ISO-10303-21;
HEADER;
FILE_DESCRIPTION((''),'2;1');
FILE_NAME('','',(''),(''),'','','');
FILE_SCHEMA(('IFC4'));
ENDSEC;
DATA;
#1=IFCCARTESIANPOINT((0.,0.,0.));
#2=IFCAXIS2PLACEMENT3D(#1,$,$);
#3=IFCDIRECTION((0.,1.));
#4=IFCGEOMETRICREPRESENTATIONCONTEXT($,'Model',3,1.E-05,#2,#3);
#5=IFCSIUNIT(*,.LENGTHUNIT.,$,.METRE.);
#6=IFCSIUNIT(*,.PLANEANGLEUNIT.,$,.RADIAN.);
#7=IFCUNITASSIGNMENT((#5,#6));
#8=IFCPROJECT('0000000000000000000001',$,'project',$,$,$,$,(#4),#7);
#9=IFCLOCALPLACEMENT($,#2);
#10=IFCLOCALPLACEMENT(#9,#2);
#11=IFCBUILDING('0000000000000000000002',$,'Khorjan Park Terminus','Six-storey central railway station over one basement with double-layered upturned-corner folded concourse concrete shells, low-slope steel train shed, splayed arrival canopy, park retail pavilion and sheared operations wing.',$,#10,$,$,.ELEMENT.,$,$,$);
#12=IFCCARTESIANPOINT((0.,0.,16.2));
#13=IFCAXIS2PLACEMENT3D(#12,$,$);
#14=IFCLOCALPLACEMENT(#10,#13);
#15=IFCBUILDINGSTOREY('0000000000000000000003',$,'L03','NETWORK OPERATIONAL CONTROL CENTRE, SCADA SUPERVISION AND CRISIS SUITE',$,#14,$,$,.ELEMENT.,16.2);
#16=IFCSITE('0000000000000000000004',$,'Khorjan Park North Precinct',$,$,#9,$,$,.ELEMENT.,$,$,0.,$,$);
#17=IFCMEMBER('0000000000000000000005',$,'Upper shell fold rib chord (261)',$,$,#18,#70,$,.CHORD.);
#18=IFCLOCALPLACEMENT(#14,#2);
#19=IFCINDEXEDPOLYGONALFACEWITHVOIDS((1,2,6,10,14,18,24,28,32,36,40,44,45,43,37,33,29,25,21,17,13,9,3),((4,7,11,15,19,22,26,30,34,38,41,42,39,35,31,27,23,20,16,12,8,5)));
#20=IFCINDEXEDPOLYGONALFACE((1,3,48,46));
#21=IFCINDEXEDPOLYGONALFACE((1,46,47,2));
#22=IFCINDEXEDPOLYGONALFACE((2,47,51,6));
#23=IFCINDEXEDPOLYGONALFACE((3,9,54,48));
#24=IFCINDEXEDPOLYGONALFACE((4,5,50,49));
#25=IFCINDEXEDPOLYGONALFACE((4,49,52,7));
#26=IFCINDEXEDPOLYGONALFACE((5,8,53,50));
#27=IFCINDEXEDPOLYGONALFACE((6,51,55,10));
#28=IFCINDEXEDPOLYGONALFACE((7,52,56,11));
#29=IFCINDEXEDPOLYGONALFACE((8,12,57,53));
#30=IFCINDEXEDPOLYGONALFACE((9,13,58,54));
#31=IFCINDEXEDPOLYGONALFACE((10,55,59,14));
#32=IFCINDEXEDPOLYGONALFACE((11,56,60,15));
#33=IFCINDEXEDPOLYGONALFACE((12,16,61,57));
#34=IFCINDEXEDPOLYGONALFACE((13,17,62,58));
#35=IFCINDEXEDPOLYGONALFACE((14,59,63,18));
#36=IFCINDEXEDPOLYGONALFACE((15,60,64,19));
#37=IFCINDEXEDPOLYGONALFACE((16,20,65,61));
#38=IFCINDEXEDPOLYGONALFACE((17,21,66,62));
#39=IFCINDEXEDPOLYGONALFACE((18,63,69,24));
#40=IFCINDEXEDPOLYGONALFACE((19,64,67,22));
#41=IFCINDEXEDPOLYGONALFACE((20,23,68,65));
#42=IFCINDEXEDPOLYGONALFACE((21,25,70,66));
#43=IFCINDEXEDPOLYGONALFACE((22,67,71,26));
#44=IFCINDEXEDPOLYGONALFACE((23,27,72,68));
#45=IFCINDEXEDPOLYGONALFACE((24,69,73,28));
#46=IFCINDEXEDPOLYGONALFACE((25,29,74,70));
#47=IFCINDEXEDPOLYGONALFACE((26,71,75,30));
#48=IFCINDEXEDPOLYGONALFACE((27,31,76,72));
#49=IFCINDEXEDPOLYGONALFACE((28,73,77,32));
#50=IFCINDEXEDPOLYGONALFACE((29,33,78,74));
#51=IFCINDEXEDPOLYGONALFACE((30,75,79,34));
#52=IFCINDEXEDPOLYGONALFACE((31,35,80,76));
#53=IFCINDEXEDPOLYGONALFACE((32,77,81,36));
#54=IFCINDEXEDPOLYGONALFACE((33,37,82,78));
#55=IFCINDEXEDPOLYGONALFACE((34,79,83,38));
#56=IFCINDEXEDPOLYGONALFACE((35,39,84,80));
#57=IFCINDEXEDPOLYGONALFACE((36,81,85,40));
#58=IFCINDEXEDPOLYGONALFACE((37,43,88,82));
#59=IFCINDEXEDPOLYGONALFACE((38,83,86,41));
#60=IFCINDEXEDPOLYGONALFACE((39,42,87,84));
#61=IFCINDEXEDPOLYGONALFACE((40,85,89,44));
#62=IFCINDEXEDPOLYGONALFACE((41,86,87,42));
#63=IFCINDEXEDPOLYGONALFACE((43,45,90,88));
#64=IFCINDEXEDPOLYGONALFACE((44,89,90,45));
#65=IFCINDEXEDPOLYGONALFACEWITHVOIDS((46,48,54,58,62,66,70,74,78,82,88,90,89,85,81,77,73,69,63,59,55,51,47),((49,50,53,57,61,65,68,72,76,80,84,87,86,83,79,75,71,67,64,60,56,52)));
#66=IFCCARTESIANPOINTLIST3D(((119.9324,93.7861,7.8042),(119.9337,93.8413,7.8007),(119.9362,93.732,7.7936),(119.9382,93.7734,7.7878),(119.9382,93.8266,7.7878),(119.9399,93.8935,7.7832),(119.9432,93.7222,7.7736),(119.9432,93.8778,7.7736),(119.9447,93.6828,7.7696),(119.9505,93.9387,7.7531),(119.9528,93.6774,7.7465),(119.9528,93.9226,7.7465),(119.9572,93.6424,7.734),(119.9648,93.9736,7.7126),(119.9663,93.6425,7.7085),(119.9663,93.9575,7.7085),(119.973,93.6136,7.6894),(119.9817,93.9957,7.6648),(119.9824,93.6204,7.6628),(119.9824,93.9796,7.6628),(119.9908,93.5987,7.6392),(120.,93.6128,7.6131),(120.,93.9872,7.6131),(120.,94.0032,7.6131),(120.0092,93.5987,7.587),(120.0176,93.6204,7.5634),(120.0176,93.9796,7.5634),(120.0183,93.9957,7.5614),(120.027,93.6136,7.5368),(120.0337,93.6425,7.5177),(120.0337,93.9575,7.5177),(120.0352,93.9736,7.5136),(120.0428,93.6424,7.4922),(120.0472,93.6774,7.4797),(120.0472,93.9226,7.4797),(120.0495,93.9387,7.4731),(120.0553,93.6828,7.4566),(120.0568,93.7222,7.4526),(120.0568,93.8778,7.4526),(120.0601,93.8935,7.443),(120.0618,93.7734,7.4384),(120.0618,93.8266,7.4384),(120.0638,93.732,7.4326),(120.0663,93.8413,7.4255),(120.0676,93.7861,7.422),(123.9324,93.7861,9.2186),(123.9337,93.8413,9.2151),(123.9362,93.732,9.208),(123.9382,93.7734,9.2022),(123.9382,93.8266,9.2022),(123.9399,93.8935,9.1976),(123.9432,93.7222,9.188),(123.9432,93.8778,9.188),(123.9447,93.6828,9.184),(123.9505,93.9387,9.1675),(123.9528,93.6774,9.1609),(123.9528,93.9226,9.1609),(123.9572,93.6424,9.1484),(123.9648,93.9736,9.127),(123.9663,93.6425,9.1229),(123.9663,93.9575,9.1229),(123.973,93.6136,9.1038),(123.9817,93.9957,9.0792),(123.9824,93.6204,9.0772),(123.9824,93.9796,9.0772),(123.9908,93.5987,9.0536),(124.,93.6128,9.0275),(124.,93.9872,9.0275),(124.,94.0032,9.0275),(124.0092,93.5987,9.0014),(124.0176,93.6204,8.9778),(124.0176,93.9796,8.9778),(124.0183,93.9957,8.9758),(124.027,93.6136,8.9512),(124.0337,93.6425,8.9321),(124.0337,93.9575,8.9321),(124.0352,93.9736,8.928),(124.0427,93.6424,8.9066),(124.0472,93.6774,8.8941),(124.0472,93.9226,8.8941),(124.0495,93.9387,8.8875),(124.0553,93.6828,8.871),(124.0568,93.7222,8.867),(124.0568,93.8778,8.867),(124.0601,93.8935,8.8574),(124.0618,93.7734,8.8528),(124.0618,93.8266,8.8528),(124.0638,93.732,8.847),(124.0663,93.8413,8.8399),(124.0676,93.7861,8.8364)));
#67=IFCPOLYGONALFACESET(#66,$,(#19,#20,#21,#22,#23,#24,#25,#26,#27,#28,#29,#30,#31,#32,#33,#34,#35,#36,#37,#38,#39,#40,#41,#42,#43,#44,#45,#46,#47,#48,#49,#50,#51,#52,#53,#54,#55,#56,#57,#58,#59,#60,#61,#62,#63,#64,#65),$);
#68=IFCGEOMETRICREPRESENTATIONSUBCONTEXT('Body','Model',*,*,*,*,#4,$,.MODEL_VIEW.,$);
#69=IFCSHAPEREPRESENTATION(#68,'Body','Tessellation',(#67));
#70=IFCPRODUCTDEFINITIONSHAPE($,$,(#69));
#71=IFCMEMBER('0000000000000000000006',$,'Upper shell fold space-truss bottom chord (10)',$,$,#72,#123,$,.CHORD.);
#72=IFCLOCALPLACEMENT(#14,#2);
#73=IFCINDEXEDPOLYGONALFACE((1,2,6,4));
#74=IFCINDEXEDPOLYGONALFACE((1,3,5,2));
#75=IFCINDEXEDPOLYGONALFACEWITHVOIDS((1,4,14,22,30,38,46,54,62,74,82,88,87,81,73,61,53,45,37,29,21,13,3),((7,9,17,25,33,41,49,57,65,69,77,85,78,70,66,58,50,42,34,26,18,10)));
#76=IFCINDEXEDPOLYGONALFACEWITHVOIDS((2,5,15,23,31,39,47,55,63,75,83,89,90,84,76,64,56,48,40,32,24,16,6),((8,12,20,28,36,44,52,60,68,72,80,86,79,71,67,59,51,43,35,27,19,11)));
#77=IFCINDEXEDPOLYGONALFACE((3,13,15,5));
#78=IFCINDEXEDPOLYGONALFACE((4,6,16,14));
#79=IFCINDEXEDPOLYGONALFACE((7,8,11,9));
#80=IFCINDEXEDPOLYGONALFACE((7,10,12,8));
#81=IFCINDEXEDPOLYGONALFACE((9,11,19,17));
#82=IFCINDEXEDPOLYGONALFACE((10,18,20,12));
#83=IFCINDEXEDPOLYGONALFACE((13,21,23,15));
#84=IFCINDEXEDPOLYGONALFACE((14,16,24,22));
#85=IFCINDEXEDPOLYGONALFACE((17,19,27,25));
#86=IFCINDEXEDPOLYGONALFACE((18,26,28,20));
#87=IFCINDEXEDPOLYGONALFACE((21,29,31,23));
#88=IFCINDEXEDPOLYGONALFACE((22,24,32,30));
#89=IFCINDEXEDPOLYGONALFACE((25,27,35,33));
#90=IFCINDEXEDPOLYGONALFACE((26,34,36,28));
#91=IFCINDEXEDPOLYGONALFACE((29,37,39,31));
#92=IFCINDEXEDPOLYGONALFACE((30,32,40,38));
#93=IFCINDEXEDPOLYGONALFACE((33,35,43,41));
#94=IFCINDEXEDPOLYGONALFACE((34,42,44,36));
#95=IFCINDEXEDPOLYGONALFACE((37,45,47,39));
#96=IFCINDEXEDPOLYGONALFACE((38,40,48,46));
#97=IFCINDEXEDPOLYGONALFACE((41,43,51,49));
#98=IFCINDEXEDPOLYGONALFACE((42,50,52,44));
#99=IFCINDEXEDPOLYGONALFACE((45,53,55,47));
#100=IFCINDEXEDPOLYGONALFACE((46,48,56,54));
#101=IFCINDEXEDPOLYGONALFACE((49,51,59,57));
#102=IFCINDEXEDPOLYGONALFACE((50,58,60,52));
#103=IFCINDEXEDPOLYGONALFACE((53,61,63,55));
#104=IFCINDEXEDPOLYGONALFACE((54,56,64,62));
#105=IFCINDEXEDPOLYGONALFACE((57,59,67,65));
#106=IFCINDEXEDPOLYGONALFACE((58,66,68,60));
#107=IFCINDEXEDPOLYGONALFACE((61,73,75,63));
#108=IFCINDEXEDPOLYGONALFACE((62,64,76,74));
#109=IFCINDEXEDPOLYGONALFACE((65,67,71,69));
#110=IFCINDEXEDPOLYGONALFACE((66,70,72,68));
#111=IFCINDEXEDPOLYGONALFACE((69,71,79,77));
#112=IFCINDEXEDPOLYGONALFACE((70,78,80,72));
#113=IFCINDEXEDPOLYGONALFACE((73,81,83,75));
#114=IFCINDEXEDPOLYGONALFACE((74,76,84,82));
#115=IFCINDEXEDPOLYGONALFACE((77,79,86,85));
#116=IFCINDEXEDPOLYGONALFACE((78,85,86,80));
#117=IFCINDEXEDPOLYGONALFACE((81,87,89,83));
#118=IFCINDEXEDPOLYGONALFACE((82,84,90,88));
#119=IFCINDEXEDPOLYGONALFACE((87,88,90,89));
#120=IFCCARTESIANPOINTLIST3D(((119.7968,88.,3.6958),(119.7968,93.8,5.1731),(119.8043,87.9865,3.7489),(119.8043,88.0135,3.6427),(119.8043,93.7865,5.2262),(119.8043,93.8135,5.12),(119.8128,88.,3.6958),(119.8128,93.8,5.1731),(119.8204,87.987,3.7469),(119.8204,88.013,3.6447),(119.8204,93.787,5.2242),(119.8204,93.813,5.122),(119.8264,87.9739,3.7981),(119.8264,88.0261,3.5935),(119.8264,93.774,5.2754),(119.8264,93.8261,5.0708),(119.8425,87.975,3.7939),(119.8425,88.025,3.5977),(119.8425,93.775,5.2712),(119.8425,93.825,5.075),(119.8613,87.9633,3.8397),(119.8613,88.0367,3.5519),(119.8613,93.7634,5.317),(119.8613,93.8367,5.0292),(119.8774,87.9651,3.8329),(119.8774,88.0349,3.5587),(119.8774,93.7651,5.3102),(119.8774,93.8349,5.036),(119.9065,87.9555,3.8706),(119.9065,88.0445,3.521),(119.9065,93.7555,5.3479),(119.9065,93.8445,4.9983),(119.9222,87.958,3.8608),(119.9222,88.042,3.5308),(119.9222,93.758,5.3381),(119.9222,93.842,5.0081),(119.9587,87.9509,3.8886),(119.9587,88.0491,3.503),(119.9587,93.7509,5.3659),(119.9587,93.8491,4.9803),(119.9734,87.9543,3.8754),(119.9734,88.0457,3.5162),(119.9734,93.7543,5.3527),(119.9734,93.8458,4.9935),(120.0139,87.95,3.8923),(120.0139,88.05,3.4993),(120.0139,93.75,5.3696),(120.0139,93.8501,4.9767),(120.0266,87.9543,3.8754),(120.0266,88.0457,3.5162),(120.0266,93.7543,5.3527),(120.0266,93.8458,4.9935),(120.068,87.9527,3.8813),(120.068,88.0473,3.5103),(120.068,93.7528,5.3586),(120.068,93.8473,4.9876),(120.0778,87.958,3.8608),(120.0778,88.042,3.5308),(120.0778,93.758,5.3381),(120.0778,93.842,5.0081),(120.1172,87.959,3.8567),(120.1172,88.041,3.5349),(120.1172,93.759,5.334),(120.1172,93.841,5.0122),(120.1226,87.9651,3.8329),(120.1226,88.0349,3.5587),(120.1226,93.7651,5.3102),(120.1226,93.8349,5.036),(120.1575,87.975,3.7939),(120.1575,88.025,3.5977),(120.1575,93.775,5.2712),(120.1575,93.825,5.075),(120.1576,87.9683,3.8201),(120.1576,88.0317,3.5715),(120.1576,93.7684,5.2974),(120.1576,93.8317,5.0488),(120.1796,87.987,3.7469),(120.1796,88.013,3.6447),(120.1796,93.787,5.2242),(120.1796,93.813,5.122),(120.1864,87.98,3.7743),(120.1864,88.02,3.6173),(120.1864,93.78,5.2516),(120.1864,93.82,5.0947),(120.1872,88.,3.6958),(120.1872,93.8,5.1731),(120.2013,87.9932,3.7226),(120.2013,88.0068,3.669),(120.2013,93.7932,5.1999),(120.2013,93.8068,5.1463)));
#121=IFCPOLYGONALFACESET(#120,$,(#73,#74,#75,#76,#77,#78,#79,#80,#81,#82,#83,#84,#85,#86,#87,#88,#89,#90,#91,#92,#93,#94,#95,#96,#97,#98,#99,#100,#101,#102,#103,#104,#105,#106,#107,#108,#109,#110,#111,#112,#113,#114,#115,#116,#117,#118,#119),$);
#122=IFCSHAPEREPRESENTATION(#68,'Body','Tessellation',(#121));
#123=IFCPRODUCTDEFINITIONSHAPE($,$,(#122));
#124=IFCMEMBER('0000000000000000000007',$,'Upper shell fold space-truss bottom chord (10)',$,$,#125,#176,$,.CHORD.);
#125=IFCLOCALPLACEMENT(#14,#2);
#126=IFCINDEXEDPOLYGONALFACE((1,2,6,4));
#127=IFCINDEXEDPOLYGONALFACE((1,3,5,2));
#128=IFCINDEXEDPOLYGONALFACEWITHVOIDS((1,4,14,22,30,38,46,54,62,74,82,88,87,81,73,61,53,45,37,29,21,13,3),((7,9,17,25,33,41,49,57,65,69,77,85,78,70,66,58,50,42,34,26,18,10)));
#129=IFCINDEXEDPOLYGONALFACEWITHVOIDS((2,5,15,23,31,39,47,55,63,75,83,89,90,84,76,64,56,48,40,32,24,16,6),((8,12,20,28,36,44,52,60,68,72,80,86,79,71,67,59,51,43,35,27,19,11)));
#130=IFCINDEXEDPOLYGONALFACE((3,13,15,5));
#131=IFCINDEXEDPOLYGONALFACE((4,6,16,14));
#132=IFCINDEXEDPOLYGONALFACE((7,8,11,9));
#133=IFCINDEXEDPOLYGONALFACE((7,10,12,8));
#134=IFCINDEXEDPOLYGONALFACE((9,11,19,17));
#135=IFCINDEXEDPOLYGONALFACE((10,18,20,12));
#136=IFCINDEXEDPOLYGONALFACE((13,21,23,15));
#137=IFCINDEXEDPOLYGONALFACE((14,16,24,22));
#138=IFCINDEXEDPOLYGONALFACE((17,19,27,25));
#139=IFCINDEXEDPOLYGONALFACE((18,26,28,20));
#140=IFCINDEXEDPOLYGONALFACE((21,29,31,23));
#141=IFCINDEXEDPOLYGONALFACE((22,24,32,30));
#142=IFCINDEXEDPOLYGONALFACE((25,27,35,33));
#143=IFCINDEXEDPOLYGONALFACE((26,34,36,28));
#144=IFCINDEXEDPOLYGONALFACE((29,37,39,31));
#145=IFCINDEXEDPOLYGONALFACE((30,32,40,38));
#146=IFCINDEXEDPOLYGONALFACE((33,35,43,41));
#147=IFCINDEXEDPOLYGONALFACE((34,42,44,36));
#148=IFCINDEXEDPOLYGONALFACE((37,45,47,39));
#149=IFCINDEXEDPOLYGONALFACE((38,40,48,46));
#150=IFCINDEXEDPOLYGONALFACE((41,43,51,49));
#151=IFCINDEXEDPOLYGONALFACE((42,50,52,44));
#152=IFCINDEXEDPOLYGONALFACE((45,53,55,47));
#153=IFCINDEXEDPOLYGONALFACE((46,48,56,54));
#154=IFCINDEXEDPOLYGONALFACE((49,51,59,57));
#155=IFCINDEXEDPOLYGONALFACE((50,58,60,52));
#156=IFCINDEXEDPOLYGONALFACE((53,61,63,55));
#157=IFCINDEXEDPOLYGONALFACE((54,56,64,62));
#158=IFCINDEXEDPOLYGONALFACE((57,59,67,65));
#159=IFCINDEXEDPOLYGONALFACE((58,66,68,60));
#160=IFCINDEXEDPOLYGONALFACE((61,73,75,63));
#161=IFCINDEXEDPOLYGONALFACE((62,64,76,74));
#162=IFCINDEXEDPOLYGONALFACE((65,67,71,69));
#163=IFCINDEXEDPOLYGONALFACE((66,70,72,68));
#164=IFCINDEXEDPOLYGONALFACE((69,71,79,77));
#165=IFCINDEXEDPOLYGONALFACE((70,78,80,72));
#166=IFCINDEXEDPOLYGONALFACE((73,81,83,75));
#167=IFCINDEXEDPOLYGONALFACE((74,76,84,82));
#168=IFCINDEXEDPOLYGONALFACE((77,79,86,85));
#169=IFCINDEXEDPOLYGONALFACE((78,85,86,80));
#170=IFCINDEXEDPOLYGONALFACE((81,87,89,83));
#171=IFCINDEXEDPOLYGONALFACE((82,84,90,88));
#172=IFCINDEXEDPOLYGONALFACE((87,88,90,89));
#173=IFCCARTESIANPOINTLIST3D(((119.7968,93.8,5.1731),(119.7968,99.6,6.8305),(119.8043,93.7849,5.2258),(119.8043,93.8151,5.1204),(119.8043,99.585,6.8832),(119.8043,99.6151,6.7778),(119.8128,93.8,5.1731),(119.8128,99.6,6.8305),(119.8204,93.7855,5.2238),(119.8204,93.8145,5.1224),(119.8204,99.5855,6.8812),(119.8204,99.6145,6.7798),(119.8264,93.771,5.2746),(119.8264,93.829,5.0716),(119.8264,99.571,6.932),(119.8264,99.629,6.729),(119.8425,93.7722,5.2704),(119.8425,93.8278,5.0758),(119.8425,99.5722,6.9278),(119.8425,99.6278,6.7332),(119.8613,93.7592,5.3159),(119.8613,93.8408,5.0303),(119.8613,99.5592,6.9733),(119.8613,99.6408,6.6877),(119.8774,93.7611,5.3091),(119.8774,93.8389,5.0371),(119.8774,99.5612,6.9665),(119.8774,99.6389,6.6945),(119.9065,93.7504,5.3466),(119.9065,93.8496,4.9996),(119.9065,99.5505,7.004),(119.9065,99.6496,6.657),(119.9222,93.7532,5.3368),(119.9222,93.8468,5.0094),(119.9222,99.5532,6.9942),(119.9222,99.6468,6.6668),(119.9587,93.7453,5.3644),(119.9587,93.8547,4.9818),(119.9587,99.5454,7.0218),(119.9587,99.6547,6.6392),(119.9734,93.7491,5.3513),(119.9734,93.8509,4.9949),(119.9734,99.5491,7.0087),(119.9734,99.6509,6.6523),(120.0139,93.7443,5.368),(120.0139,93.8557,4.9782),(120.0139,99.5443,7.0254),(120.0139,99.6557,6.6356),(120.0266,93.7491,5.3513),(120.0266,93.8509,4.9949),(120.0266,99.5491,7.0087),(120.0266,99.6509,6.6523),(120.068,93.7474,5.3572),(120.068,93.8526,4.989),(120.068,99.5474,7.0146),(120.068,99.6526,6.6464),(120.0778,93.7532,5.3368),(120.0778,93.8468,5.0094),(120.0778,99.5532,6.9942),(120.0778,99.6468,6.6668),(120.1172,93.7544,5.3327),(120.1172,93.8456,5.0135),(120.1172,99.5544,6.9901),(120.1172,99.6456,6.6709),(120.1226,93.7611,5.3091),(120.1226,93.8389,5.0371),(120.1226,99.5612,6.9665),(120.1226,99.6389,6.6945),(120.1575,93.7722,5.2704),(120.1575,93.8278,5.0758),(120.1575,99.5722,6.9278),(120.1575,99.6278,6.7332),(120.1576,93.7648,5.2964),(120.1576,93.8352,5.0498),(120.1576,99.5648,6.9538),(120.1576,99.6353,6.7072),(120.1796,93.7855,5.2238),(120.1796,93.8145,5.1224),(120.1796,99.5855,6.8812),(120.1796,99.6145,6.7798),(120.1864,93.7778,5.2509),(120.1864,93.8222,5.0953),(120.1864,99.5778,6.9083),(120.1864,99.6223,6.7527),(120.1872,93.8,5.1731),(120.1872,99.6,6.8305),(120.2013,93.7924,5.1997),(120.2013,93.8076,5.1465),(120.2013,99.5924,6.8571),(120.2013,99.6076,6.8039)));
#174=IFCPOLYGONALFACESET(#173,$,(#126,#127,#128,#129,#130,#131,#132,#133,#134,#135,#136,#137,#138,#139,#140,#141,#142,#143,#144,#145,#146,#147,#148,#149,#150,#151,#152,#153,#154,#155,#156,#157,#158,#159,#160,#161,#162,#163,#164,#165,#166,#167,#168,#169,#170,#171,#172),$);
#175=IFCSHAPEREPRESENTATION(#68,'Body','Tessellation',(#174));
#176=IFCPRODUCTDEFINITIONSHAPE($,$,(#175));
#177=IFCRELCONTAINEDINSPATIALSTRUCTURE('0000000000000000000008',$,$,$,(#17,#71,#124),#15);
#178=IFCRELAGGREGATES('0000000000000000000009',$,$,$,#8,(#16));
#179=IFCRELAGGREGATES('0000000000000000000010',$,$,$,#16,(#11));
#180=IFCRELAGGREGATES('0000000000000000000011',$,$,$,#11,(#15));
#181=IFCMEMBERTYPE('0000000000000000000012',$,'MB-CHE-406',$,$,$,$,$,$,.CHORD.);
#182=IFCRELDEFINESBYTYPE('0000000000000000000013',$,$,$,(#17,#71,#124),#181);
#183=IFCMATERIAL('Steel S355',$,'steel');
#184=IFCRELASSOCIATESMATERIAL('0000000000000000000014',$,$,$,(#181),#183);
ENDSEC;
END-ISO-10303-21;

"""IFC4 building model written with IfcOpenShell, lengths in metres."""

from ifc_helpers import new_model, si_unit, direction, frame, origin, origin_2d, place, context, subcontext, project, spatial, hollow_circle, extrude, material, material_profile, profile_set, type_object, element, save


model = new_model("IFC4")

# Units and contexts
model_context = context("Model", 3, precision=1e-05, world=origin(), true_north=direction((0.0, 1.0)))
body_context = subcontext(model_context, "Body", "Model", "MODEL_VIEW")
ifc_project = project(units=[si_unit("LENGTHUNIT", "METRE"), si_unit("PLANEANGLEUNIT", "RADIAN")], contexts=[model_context])

# Site, building, storey
site_placement = place(None, origin())
site = spatial("IfcSite", under=ifc_project, at=site_placement, Name="Khorjan Park North Precinct", CompositionType="ELEMENT", RefElevation=0.0)
building_placement = place(site_placement, origin())
building = spatial("IfcBuilding", under=site, at=building_placement, Name="Khorjan Park Terminus", Description="Six-storey central railway station over one basement with double-layered upturned-corner folded concourse concrete shells, low-slope steel train shed, splayed arrival canopy, park retail pavilion and sheared operations wing.", CompositionType="ELEMENT")
storey_placement = place(building_placement, frame((0.0, 0.0, 16.2)))
storey = spatial("IfcBuildingStorey", under=building, at=storey_placement, Name="L03", Description="NETWORK OPERATIONAL CONTROL CENTRE, SCADA SUPERVISION AND CRISIS SUITE", CompositionType="ELEMENT", Elevation=16.2)

# Members
ifc_material_1 = material(Name="Steel S355", Category="steel")
ifc_material_profile_1 = material_profile(ifc_material_1, hollow_circle(Radius=0.2032, WallThickness=0.016, at=origin_2d()), Name="CHS 406.4x16")
ifc_profile_set_1 = profile_set([ifc_material_profile_1], Name="Steel S355")
member_type_1 = type_object("IfcMemberType", Name="MB-CHE-406", PredefinedType="CHORD", material=ifc_profile_set_1)
member_1_placement = place(storey_placement, frame((120.0, 93.8, 7.6131), z_axis=(0.942795, 0.0, 0.333372), x_axis=(0.0, 1.0, 0.0)))
element("IfcMember", 1, at=member_1_placement, inside=storey, type_object=member_type_1, Name="Upper shell fold rib chord (261)", PredefinedType="CHORD", context=body_context, shape_type="SweptSolid", body=[
    extrude(hollow_circle(Radius=0.2032, WallThickness=0.016, at=origin_2d()), origin(), (0.0, 0.0, 1.0), 4.2427),
])
member_2_placement = place(storey_placement, frame((120.0, 88.0, 3.6958), z_axis=(0.0, 0.96906, 0.246826), x_axis=(-1.0, 0.0, 0.0)))
element("IfcMember", 2, at=member_2_placement, inside=storey, type_object=member_type_1, Name="Upper shell fold space-truss bottom chord (10)", PredefinedType="CHORD", context=body_context, shape_type="SweptSolid", body=[
    extrude(hollow_circle(Radius=0.2032, WallThickness=0.016, at=origin_2d()), origin(), (0.0, 0.0, 1.0), 5.9852),
])
member_3_placement = place(storey_placement, frame((120.0, 93.8, 5.1731), z_axis=(0.0, 0.961513, 0.274761), x_axis=(-1.0, 0.0, 0.0)))
element("IfcMember", 3, at=member_3_placement, inside=storey, type_object=member_type_1, Name="Upper shell fold space-truss bottom chord (10)", PredefinedType="CHORD", context=body_context, shape_type="SweptSolid", body=[
    extrude(hollow_circle(Radius=0.2032, WallThickness=0.016, at=origin_2d()), origin(), (0.0, 0.0, 1.0), 6.0322),
])

save(model, "model.ifc")
